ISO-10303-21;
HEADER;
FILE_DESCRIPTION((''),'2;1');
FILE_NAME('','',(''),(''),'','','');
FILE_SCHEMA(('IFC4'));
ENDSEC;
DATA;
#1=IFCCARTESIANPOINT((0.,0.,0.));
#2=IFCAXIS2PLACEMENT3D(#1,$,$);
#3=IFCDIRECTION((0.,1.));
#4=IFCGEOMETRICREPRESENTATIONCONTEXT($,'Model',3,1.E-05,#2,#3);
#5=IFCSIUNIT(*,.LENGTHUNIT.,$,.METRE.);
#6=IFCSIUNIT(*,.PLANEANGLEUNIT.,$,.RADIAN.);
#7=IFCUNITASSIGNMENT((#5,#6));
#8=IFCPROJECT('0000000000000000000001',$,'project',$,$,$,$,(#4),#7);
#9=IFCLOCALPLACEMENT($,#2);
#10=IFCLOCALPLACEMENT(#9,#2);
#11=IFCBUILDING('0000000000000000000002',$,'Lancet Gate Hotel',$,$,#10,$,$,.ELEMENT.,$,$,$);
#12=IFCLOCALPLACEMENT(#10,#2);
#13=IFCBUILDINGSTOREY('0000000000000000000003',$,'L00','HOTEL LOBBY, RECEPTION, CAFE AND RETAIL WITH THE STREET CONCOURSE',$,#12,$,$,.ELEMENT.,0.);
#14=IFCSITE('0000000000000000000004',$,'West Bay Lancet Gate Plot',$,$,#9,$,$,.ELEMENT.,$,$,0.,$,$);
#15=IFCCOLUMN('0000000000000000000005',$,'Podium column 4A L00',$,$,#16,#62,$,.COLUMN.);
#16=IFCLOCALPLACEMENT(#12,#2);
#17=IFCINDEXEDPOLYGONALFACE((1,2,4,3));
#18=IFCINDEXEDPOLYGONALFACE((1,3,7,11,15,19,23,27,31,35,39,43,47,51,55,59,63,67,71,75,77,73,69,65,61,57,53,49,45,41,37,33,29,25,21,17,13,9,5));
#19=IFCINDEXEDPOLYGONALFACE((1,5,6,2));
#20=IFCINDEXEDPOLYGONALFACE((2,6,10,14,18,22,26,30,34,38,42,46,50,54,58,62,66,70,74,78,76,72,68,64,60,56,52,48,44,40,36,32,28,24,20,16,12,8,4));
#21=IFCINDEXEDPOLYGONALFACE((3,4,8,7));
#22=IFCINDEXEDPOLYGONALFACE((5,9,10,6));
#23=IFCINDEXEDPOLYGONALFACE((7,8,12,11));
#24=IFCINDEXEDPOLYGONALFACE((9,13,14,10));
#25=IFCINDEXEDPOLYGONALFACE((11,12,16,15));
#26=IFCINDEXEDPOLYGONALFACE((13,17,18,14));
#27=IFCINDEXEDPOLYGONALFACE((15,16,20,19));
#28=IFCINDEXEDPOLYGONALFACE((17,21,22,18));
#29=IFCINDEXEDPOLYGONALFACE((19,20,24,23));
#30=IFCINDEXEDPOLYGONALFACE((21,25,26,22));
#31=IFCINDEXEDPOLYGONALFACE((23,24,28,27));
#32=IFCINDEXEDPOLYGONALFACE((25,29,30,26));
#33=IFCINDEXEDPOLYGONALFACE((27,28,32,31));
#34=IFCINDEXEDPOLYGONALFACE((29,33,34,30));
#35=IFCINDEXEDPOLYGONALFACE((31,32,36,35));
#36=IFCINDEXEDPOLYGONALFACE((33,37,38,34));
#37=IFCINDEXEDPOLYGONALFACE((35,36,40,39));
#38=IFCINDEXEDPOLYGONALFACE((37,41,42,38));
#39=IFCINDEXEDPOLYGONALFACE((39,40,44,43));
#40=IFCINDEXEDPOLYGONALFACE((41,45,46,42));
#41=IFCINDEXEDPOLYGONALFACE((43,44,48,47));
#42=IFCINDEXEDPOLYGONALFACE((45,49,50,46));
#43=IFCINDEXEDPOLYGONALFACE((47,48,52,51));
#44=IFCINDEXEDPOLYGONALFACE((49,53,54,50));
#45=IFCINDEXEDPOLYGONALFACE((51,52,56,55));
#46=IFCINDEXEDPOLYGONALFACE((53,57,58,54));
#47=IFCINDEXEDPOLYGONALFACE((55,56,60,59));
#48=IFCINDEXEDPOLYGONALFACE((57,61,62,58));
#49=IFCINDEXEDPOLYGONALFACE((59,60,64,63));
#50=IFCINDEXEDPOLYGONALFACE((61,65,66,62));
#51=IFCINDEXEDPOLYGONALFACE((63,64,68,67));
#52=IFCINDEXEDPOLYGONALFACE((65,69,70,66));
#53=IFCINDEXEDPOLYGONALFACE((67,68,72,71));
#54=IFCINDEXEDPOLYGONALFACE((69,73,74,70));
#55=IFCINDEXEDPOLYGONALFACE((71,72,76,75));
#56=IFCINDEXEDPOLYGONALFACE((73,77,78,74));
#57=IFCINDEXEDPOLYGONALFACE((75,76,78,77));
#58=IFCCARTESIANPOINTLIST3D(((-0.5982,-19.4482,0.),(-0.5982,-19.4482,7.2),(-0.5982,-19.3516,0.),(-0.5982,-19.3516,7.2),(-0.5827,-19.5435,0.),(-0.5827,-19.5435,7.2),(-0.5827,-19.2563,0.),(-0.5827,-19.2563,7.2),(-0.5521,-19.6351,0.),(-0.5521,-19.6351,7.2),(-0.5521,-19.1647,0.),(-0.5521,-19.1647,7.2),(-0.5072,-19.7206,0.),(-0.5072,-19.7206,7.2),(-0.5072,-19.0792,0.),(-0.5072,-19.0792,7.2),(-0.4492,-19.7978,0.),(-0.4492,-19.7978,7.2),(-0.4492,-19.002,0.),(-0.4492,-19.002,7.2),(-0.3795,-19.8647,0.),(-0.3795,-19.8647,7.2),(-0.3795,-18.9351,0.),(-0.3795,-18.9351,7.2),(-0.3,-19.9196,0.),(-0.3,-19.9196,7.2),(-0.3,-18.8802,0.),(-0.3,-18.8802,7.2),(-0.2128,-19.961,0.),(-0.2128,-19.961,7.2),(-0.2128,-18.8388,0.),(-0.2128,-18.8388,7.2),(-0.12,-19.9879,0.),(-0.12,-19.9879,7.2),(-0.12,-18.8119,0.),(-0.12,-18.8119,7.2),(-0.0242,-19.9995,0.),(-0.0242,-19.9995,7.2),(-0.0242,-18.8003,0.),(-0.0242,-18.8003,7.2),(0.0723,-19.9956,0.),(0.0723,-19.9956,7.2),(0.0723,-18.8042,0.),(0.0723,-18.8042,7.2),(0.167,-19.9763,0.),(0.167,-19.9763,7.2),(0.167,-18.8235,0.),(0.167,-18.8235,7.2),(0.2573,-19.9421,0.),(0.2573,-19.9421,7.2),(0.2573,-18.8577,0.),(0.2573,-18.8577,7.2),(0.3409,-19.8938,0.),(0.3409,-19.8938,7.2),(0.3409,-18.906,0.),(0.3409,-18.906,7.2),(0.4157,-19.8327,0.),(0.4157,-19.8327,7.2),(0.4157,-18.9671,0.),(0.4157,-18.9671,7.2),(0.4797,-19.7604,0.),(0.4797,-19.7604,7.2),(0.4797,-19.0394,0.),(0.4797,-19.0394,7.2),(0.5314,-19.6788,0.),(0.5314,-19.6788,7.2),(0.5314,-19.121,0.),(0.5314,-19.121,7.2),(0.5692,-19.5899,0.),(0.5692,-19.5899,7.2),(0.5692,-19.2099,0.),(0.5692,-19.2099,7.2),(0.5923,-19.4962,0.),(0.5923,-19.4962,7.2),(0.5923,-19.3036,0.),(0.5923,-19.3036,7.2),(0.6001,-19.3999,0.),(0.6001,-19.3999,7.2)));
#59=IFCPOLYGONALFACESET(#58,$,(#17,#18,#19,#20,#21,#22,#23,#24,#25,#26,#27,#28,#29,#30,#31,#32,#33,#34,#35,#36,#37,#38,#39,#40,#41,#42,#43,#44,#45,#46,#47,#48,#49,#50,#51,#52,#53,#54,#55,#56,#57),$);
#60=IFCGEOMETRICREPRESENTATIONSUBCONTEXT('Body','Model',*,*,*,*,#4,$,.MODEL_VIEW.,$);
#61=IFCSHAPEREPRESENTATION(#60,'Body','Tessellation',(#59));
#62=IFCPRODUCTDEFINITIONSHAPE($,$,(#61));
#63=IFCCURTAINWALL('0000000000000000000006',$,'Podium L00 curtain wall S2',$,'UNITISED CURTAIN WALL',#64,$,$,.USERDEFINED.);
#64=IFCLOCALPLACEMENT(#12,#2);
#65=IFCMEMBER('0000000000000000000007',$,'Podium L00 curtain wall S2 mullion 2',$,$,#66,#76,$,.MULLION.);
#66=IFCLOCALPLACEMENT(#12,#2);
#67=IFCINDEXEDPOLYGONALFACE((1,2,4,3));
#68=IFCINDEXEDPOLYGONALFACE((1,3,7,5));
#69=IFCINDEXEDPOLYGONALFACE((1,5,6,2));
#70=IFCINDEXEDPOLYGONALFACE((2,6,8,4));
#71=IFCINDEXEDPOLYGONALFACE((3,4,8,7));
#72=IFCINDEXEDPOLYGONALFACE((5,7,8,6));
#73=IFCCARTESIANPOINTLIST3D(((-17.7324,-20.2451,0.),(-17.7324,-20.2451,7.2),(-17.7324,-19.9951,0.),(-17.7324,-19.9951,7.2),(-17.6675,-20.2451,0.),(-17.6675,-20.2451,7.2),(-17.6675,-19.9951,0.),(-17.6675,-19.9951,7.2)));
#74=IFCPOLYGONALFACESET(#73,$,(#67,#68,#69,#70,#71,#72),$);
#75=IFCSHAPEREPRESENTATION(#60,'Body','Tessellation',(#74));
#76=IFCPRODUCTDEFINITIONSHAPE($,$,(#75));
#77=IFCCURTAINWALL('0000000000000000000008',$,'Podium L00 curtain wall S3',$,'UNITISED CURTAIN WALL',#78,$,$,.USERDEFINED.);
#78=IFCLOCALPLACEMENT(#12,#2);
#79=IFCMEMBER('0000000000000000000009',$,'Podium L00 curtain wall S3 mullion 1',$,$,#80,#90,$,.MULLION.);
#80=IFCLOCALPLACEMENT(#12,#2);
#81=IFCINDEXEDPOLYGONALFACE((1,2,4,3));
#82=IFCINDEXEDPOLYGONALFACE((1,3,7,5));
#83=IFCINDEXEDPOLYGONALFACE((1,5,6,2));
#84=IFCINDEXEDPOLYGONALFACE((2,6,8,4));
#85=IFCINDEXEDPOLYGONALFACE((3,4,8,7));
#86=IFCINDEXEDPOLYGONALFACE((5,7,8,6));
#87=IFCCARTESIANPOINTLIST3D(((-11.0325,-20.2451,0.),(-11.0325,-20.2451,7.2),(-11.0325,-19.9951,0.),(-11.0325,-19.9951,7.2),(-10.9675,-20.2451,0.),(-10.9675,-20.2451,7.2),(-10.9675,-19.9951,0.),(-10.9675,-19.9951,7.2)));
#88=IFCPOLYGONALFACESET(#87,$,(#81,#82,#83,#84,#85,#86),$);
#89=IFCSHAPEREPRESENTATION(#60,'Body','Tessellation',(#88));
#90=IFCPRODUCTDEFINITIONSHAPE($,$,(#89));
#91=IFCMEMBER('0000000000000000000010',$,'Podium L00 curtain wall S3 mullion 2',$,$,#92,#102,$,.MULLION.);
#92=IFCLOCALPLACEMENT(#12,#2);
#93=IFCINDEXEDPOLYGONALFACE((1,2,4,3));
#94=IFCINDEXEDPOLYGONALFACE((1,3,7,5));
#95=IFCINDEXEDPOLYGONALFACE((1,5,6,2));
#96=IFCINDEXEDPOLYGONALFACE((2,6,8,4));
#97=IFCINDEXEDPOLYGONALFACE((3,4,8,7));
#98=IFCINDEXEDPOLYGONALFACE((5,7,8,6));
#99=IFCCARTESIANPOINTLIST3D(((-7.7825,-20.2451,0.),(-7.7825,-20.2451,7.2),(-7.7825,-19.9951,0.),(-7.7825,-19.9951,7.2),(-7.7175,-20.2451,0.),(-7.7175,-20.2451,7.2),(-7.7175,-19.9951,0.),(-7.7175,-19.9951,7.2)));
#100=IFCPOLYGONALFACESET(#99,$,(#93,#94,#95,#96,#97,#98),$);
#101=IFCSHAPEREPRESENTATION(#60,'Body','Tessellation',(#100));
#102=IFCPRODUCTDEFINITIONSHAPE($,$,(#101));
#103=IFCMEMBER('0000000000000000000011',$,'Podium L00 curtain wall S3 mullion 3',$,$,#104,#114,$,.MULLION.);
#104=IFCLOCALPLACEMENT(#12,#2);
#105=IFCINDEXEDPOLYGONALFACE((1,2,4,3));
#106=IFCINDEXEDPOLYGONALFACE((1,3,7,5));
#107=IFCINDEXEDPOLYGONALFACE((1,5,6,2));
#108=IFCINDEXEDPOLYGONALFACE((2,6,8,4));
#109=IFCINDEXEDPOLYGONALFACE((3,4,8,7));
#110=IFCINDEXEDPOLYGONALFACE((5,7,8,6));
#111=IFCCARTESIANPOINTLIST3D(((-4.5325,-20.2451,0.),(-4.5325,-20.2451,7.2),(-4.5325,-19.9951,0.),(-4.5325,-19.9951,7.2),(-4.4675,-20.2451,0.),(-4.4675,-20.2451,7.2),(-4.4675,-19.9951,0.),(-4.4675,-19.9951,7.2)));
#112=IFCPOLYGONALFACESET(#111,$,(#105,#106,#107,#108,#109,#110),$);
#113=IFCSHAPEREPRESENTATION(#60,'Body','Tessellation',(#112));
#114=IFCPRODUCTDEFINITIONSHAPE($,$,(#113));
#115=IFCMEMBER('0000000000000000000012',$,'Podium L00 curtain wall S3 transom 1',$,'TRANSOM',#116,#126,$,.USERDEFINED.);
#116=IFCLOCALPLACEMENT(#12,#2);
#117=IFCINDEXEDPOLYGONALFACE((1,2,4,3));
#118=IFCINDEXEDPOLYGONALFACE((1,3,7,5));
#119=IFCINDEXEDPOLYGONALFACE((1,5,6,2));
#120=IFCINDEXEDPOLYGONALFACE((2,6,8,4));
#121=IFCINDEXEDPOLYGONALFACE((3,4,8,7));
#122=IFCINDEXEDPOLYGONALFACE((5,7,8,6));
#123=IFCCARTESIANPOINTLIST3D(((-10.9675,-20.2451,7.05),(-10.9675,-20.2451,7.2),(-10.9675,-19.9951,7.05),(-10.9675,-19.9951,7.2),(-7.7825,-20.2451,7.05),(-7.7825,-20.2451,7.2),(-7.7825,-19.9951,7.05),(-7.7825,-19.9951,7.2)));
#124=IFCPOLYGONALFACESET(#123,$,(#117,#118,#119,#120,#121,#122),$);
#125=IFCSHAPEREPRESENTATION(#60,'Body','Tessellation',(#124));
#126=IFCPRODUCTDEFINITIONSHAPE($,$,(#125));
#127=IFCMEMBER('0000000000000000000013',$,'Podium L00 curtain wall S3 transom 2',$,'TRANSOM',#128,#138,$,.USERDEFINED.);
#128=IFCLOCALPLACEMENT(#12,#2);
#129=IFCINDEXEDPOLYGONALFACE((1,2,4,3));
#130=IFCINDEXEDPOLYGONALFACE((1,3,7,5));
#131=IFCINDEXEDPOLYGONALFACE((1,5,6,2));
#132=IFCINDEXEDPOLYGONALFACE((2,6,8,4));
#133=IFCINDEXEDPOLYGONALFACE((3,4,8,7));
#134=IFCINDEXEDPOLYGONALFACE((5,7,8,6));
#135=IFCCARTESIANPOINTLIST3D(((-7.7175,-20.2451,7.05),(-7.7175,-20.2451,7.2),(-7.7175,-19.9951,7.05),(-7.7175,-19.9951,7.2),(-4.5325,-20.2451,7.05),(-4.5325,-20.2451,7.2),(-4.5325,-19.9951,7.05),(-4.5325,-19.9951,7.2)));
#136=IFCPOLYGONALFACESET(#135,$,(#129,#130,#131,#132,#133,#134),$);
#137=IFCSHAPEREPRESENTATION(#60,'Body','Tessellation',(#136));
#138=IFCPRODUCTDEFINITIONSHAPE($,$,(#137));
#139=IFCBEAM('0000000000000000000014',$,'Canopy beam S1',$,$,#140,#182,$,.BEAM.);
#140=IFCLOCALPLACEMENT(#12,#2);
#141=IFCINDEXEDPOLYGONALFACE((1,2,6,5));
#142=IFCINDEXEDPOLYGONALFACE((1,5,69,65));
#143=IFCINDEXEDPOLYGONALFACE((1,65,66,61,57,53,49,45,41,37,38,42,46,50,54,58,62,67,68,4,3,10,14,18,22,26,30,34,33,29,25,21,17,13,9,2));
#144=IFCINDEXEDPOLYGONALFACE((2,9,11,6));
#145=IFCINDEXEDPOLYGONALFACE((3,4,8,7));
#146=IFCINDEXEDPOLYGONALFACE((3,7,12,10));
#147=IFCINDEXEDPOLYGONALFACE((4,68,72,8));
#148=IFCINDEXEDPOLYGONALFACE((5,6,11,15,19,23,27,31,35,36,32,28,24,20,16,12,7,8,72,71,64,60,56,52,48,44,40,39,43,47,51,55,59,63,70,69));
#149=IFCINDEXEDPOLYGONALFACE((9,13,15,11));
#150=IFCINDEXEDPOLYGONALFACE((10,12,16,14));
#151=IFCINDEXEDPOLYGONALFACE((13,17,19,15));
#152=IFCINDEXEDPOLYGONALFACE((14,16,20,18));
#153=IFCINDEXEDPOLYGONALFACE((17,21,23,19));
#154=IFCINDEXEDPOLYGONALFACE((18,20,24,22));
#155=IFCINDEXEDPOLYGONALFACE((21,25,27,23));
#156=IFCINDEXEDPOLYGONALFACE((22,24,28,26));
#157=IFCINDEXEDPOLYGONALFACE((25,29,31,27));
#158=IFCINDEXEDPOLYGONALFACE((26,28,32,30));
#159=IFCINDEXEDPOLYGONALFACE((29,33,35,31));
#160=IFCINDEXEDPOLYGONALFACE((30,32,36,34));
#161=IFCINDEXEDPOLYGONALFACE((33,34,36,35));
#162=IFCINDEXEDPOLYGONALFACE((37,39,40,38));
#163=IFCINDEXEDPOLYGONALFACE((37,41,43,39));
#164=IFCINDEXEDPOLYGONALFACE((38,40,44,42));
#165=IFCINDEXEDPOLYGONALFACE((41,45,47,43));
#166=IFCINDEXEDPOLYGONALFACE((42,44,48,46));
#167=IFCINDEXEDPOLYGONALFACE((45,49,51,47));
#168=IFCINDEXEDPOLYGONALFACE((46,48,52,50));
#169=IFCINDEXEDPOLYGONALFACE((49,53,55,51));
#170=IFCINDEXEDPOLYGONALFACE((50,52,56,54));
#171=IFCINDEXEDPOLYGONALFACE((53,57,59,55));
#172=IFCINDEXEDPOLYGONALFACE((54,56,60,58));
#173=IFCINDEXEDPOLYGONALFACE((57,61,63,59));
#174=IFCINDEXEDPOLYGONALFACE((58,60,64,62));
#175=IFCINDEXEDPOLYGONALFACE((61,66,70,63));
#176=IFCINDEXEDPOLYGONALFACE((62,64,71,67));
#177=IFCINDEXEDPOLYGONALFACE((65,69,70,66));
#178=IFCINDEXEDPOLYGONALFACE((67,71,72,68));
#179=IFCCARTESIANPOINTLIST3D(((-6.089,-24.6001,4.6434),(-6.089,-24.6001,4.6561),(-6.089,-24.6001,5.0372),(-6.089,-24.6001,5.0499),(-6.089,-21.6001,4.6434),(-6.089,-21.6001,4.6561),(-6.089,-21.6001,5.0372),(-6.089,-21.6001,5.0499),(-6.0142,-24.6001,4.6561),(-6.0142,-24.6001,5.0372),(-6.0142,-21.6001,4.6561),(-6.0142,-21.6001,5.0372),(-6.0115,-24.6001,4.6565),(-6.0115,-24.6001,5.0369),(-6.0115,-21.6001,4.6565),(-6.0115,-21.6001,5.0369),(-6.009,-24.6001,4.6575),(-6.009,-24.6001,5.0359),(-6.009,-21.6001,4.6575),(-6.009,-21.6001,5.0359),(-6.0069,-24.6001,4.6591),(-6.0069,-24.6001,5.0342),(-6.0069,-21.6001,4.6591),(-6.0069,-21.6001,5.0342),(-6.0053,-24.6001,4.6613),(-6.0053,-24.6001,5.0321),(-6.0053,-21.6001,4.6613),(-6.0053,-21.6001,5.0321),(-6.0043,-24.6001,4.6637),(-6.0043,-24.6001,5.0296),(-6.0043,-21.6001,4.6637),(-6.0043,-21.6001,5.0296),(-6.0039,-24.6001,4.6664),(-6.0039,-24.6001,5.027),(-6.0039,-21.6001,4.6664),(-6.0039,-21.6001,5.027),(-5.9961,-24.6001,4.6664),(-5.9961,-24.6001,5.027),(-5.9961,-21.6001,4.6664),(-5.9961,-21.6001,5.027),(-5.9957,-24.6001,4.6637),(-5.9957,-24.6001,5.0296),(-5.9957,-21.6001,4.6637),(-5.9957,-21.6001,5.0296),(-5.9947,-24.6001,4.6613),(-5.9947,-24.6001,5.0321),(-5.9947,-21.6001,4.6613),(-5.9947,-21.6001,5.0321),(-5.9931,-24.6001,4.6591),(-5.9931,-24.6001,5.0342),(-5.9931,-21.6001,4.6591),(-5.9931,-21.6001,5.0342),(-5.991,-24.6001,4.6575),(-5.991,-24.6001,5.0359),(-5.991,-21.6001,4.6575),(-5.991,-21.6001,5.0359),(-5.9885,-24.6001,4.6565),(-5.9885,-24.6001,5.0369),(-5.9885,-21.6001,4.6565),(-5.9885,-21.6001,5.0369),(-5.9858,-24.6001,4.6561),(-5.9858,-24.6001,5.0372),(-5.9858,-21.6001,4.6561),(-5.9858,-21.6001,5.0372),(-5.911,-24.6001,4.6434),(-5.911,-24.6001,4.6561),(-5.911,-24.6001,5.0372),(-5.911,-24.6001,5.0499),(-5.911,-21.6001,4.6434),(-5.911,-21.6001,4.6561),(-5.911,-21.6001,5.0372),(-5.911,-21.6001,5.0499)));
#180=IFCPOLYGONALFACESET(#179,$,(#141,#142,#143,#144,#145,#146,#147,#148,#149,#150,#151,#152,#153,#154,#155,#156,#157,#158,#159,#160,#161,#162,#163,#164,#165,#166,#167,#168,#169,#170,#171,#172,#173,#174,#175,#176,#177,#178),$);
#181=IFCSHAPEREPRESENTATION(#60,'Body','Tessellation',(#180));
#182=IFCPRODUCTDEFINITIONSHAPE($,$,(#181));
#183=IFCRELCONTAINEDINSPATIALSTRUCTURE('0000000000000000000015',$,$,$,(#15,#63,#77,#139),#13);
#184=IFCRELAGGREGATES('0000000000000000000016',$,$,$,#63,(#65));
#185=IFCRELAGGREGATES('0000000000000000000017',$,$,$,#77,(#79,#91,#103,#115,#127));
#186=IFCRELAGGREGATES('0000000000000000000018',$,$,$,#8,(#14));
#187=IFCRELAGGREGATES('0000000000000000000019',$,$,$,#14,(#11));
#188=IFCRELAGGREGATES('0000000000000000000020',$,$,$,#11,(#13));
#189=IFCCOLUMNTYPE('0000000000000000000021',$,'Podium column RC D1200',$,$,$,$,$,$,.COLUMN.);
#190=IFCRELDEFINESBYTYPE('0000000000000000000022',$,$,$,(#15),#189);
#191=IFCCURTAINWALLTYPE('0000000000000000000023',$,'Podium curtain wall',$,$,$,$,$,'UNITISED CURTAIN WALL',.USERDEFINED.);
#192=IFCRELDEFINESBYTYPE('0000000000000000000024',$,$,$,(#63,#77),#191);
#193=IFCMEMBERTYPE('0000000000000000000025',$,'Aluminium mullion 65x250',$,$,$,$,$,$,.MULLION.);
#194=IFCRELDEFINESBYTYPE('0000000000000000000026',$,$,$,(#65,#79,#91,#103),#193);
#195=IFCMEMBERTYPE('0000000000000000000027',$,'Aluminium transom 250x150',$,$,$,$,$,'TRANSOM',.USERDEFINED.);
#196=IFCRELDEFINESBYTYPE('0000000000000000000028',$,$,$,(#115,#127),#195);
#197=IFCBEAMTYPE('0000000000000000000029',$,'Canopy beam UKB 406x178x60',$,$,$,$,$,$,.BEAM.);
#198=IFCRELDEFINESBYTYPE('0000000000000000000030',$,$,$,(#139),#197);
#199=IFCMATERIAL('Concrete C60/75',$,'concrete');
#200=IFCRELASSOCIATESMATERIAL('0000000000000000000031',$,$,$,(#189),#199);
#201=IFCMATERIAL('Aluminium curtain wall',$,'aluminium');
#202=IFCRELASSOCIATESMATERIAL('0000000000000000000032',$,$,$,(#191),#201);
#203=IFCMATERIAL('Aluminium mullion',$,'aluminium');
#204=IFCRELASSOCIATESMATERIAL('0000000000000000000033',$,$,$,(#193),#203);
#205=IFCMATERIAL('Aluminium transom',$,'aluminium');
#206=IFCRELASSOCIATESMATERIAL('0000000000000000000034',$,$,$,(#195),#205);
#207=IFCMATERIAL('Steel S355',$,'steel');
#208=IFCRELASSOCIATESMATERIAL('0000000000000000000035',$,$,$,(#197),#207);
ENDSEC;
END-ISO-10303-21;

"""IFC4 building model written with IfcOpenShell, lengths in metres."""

from ifc_helpers import new_model, si_unit, direction, frame, origin, origin_2d, place, context, subcontext, project, spatial, rectangle, circle, i_section, extrude, material, material_profile, profile_set, type_object, element, aggregate, save


model = new_model("IFC4")

# Units and contexts
model_context = context("Model", 3, precision=1e-05, world=origin(), true_north=direction((0.0, 1.0)))
body_context = subcontext(model_context, "Body", "Model", "MODEL_VIEW")
ifc_project = project(units=[si_unit("LENGTHUNIT", "METRE"), si_unit("PLANEANGLEUNIT", "RADIAN")], contexts=[model_context])

# Site, building, storey
site_placement = place(None, origin())
site = spatial("IfcSite", under=ifc_project, at=site_placement, Name="West Bay Lancet Gate Plot", CompositionType="ELEMENT", RefElevation=0.0)
building_placement = place(site_placement, origin())
building = spatial("IfcBuilding", under=site, at=building_placement, Name="Lancet Gate Hotel", CompositionType="ELEMENT")
storey_placement = place(building_placement, origin())
storey = spatial("IfcBuildingStorey", under=building, at=storey_placement, Name="L00", Description="HOTEL LOBBY, RECEPTION, CAFE AND RETAIL WITH THE STREET CONCOURSE", CompositionType="ELEMENT", Elevation=0.0)

# Column
ifc_material_1 = material(Name="Concrete C60/75", Category="concrete")
ifc_material_profile_1 = material_profile(ifc_material_1, circle(Radius=0.6001, at=origin_2d()), Name="RC D1200")
ifc_profile_set_1 = profile_set([ifc_material_profile_1], Name="Concrete C60/75")
column_type_1 = type_object("IfcColumnType", Name="Podium column RC D1200", PredefinedType="COLUMN", material=ifc_profile_set_1)
for number, where, z_axis, x_axis, name in (
    (1, (0.0, -19.3999, 0.0), (0.0, 0.0, 1.0), (1.0, 0.0, 0.0), "Podium column 4A L00"),
):
    element("IfcColumn", number, at=place(storey_placement, frame(where, z_axis=z_axis, x_axis=x_axis)), inside=storey, type_object=column_type_1, Name=name, PredefinedType="COLUMN", context=body_context, shape_type="SweptSolid", body=[
        extrude(circle(Radius=0.6001, at=origin_2d()), origin(), (0.0, 0.0, 1.0), 7.2),
    ])

# Curtain wall, member
ifc_material_2 = material(Name="Aluminium curtain wall", Category="aluminium")
curtain_wall_type = type_object("IfcCurtainWallType", Name="Podium curtain wall", ElementType="UNITISED CURTAIN WALL", PredefinedType="USERDEFINED", material=ifc_material_2)
curtain_wall_1_placement = place(storey_placement, origin())
curtain_wall_1 = element("IfcCurtainWall", 2, at=curtain_wall_1_placement, inside=storey, type_object=curtain_wall_type, Name="Podium L00 curtain wall S2", ObjectType="UNITISED CURTAIN WALL", PredefinedType="USERDEFINED")
ifc_material_3 = material(Name="Aluminium mullion", Category="aluminium")
ifc_material_profile_2 = material_profile(ifc_material_3, rectangle(XDim=0.0649, YDim=0.25, at=origin_2d()), Name="MULLION 65x250")
ifc_profile_set_2 = profile_set([ifc_material_profile_2], Name="Aluminium mullion")
member_type_1 = type_object("IfcMemberType", Name="Aluminium mullion 65x250", PredefinedType="MULLION", material=ifc_profile_set_2)
member_1_placement = place(storey_placement, frame((-17.7, -20.1201, 0.0), z_axis=(0.0, 0.0, 1.0), x_axis=(1.0, 0.0, 0.0)))
member_1 = element("IfcMember", 3, at=member_1_placement, type_object=member_type_1, Name="Podium L00 curtain wall S2 mullion 2", PredefinedType="MULLION", context=body_context, shape_type="SweptSolid", body=[
    extrude(rectangle(XDim=0.0649, YDim=0.25, at=origin_2d()), origin(), (0.0, 0.0, 1.0), 7.2),
])
aggregate(curtain_wall_1, [member_1])

# Curtain wall, members
curtain_wall_2_placement = place(storey_placement, origin())
curtain_wall_2 = element("IfcCurtainWall", 4, at=curtain_wall_2_placement, inside=storey, type_object=curtain_wall_type, Name="Podium L00 curtain wall S3", ObjectType="UNITISED CURTAIN WALL", PredefinedType="USERDEFINED")
member_2_placement = place(storey_placement, frame((-11.0, -20.1201, 0.0), z_axis=(0.0, 0.0, 1.0), x_axis=(1.0, 0.0, 0.0)))
member_2 = element("IfcMember", 5, at=member_2_placement, type_object=member_type_1, Name="Podium L00 curtain wall S3 mullion 1", PredefinedType="MULLION", context=body_context, shape_type="SweptSolid", body=[
    extrude(rectangle(XDim=0.0649, YDim=0.25, at=origin_2d()), origin(), (0.0, 0.0, 1.0), 7.2),
])
member_3_placement = place(storey_placement, frame((-7.75, -20.1201, 0.0), z_axis=(0.0, 0.0, 1.0), x_axis=(1.0, 0.0, 0.0)))
member_3 = element("IfcMember", 6, at=member_3_placement, type_object=member_type_1, Name="Podium L00 curtain wall S3 mullion 2", PredefinedType="MULLION", context=body_context, shape_type="SweptSolid", body=[
    extrude(rectangle(XDim=0.0649, YDim=0.25, at=origin_2d()), origin(), (0.0, 0.0, 1.0), 7.2),
])
member_4_placement = place(storey_placement, frame((-4.5, -20.1201, 0.0), z_axis=(0.0, 0.0, 1.0), x_axis=(1.0, 0.0, 0.0)))
member_4 = element("IfcMember", 7, at=member_4_placement, type_object=member_type_1, Name="Podium L00 curtain wall S3 mullion 3", PredefinedType="MULLION", context=body_context, shape_type="SweptSolid", body=[
    extrude(rectangle(XDim=0.0649, YDim=0.25, at=origin_2d()), origin(), (0.0, 0.0, 1.0), 7.2),
])
ifc_material_4 = material(Name="Aluminium transom", Category="aluminium")
ifc_material_profile_3 = material_profile(ifc_material_4, rectangle(XDim=0.25, YDim=0.1499, at=origin_2d()), Name="TRANSOM 250x150")
ifc_profile_set_3 = profile_set([ifc_material_profile_3], Name="Aluminium transom")
member_type_2 = type_object("IfcMemberType", Name="Aluminium transom 250x150", ElementType="TRANSOM", PredefinedType="USERDEFINED", material=ifc_profile_set_3)
member_5_placement = place(storey_placement, frame((-10.9675, -20.1201, 7.125), z_axis=(1.0, 0.0, 0.0), x_axis=(0.0, 1.0, 0.0)))
member_5 = element("IfcMember", 8, at=member_5_placement, type_object=member_type_2, Name="Podium L00 curtain wall S3 transom 1", ObjectType="TRANSOM", PredefinedType="USERDEFINED", context=body_context, shape_type="SweptSolid", body=[
    extrude(rectangle(XDim=0.25, YDim=0.1499, at=origin_2d()), origin(), (0.0, 0.0, 1.0), 3.1851),
])
member_6_placement = place(storey_placement, frame((-7.7175, -20.1201, 7.125), z_axis=(1.0, 0.0, 0.0), x_axis=(0.0, 1.0, 0.0)))
member_6 = element("IfcMember", 9, at=member_6_placement, type_object=member_type_2, Name="Podium L00 curtain wall S3 transom 2", ObjectType="TRANSOM", PredefinedType="USERDEFINED", context=body_context, shape_type="SweptSolid", body=[
    extrude(rectangle(XDim=0.25, YDim=0.1499, at=origin_2d()), origin(), (0.0, 0.0, 1.0), 3.1851),
])

# Beam
ifc_material_5 = material(Name="Steel S355", Category="steel")
ifc_material_profile_4 = material_profile(ifc_material_5, i_section(OverallWidth=0.178, OverallDepth=0.4065, WebThickness=0.0078, FlangeThickness=0.0127, FilletRadius=0.0103, at=origin_2d()), Name="UKB 406x178x60")
ifc_profile_set_4 = profile_set([ifc_material_profile_4], Name="Steel S355")
beam_type_1 = type_object("IfcBeamType", Name="Canopy beam UKB 406x178x60", PredefinedType="BEAM", material=ifc_profile_set_4)
beam_placement = place(storey_placement, frame((-6.0, -21.6001, 4.8467), z_axis=(0.0, -1.0, 0.0), x_axis=(1.0, 0.0, 0.0)))
element("IfcBeam", 10, at=beam_placement, inside=storey, type_object=beam_type_1, Name="Canopy beam S1", PredefinedType="BEAM", context=body_context, shape_type="SweptSolid", body=[
    extrude(i_section(OverallWidth=0.178, OverallDepth=0.4065, WebThickness=0.0078, FlangeThickness=0.0127, FilletRadius=0.0103, at=origin_2d()), origin(), (0.0, 0.0, 1.0), 3.0),
])

aggregate(curtain_wall_2, [member_2, member_3, member_4, member_5, member_6])

save(model, "model.ifc")
